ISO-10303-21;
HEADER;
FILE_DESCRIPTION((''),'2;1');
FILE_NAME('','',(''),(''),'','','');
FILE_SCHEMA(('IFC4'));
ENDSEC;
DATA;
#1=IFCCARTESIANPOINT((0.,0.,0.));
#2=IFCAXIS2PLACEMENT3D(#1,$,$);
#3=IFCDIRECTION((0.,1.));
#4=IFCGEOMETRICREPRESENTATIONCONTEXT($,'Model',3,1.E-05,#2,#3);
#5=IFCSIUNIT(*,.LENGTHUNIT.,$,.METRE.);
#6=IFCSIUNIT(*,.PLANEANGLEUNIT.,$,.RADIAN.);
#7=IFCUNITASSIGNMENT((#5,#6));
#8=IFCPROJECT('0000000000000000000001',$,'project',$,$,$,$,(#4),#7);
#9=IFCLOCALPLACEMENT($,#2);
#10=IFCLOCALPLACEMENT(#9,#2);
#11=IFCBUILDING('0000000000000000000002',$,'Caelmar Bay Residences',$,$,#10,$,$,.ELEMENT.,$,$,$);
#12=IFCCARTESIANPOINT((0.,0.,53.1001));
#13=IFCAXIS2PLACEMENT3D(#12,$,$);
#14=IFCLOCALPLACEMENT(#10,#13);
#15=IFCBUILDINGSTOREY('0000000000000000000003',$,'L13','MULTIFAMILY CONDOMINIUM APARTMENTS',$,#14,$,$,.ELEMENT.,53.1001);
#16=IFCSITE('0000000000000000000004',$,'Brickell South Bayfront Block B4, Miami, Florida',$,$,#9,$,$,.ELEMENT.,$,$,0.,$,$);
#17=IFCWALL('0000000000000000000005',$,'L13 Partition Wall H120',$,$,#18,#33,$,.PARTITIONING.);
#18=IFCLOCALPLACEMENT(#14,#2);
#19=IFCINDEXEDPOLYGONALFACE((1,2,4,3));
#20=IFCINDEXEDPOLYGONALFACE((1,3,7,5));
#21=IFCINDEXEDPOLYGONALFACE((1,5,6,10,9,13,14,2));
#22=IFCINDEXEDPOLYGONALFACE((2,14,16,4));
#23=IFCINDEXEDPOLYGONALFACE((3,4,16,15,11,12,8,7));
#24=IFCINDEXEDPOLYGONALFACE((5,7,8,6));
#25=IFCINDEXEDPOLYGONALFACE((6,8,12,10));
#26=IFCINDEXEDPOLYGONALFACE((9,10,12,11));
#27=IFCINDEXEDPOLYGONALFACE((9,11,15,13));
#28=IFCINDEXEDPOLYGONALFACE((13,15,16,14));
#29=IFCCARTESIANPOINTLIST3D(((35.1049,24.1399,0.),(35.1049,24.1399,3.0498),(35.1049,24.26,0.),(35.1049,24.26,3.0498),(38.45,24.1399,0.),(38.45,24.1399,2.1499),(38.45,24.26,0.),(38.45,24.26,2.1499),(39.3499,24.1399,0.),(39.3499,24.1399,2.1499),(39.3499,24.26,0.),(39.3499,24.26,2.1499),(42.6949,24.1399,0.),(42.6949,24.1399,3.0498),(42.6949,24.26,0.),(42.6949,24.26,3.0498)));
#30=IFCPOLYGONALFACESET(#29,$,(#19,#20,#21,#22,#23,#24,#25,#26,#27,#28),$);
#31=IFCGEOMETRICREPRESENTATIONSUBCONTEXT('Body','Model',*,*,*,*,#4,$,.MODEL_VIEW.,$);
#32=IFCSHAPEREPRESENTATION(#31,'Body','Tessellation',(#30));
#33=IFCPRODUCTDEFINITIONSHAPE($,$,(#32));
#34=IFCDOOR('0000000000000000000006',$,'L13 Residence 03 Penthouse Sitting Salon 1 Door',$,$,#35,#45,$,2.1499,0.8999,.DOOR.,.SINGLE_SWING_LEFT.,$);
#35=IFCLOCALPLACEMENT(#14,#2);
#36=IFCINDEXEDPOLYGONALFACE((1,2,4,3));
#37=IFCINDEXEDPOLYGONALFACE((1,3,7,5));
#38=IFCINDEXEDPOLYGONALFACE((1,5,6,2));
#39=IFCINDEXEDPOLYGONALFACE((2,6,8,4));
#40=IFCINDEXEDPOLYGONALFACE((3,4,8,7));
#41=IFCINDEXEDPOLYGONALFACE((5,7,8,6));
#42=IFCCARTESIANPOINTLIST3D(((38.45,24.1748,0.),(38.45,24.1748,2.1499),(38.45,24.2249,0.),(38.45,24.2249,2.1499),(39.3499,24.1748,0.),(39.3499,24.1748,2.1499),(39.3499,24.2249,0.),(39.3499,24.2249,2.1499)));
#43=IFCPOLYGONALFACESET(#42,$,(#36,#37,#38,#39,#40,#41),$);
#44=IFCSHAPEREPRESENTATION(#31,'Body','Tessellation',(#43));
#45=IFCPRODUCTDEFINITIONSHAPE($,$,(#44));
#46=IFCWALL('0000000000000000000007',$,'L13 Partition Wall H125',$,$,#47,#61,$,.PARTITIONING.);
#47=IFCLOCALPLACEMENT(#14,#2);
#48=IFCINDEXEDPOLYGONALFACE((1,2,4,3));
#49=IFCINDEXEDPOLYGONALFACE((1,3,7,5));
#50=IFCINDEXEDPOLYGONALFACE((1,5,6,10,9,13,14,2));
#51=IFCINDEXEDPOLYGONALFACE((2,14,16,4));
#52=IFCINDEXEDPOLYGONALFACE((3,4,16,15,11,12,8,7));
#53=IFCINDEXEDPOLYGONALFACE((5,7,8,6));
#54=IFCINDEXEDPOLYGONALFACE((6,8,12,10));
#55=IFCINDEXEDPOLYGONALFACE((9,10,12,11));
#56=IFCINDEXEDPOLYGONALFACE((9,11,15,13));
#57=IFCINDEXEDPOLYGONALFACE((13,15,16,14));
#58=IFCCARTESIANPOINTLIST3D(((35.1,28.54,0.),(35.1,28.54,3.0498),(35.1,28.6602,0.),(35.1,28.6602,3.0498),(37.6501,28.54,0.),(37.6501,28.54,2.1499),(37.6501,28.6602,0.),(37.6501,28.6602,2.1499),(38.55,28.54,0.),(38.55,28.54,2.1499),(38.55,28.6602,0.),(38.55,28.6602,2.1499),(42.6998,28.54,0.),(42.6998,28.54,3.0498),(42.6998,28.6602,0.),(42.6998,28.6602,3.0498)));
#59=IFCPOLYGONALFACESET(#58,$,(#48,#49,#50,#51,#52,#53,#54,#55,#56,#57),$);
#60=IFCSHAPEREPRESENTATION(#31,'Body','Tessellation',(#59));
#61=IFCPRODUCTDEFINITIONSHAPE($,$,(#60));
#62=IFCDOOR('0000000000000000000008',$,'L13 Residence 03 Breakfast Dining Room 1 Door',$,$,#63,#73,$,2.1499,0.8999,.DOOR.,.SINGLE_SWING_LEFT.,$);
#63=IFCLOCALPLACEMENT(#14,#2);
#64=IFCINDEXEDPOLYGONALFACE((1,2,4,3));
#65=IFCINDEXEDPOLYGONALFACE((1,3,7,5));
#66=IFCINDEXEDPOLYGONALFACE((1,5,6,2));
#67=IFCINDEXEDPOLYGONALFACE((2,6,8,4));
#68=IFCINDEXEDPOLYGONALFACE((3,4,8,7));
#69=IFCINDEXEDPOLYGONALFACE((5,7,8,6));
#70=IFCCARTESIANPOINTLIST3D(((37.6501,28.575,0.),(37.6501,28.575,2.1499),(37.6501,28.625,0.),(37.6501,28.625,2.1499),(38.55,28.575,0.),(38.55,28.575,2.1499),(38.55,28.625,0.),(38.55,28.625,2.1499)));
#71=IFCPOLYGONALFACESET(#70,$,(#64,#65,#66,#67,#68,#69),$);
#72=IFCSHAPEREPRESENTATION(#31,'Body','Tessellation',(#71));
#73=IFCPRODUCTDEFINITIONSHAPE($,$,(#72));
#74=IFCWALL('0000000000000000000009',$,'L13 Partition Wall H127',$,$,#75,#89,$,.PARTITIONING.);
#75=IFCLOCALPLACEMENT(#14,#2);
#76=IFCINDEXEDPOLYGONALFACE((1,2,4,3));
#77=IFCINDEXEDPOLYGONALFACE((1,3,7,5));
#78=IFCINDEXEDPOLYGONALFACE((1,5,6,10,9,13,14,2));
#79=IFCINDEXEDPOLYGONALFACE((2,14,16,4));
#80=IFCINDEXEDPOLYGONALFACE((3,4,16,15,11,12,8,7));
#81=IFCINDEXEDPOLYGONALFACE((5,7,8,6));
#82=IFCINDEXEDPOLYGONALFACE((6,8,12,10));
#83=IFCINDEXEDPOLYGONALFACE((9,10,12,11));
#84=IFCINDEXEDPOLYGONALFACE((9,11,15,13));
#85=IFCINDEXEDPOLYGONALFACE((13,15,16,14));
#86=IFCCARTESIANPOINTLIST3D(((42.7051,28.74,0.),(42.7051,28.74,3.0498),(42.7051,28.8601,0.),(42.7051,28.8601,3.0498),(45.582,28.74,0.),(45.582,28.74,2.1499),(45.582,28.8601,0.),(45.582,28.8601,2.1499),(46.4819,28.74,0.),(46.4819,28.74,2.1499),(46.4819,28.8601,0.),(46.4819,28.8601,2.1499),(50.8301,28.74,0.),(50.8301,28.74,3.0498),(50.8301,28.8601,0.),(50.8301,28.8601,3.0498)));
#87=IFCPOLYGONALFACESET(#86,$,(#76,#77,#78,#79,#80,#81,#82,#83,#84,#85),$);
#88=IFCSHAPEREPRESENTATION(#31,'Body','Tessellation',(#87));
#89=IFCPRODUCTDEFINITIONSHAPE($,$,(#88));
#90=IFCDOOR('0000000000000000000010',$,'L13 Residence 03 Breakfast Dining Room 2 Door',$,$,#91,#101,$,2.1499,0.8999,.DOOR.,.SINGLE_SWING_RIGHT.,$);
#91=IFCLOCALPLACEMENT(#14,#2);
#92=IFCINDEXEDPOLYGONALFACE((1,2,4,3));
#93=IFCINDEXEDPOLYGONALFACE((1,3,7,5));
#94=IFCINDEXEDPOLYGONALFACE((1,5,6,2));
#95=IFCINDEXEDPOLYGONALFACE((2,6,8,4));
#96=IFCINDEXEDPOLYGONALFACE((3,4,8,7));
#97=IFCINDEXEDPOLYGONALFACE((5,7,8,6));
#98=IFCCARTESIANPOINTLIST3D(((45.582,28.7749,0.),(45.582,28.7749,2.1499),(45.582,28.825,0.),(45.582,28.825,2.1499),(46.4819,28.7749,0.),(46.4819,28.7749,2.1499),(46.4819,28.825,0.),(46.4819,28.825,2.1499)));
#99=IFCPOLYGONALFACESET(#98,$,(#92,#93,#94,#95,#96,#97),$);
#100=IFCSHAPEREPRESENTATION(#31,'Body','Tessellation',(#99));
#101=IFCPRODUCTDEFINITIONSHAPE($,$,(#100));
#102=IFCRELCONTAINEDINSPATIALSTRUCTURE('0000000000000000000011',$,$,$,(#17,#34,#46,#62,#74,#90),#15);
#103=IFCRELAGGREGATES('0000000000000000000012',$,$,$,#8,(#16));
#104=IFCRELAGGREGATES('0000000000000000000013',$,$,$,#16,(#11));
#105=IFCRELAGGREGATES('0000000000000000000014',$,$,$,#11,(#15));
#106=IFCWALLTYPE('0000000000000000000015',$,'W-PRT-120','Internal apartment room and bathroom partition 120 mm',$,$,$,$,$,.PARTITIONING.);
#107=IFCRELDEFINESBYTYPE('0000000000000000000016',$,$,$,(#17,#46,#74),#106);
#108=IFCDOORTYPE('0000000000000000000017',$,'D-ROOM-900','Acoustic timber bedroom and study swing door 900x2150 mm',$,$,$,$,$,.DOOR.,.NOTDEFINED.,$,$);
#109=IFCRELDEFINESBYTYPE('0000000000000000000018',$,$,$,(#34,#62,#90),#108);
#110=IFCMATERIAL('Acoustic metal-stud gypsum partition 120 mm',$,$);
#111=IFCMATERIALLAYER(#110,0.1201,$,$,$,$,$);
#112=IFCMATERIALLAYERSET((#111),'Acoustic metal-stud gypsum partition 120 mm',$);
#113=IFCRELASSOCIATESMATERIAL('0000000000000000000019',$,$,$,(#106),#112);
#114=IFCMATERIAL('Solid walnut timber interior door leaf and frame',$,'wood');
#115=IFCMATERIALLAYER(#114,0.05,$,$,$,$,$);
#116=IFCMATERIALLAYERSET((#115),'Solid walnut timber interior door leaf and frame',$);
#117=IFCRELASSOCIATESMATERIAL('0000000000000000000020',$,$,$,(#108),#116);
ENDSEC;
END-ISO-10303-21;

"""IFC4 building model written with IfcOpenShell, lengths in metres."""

from ifc_helpers import new_model, si_unit, direction, frame, frame_2d, origin, place, context, subcontext, project, spatial, rectangle, extrude, material, layer, layer_set, type_object, element, fill, save


model = new_model("IFC4")

# Units and contexts
model_context = context("Model", 3, precision=1e-05, world=origin(), true_north=direction((0.0, 1.0)))
body_context = subcontext(model_context, "Body", "Model", "MODEL_VIEW")
ifc_project = project(units=[si_unit("LENGTHUNIT", "METRE"), si_unit("PLANEANGLEUNIT", "RADIAN")], contexts=[model_context])

# Site, building, storey
site_placement = place(None, origin())
site = spatial("IfcSite", under=ifc_project, at=site_placement, Name="Brickell South Bayfront Block B4, Miami, Florida", CompositionType="ELEMENT", RefElevation=0.0)
building_placement = place(site_placement, origin())
building = spatial("IfcBuilding", under=site, at=building_placement, Name="Caelmar Bay Residences", CompositionType="ELEMENT")
storey_placement = place(building_placement, frame((0.0, 0.0, 53.1001)))
storey = spatial("IfcBuildingStorey", under=building, at=storey_placement, Name="L13", Description="MULTIFAMILY CONDOMINIUM APARTMENTS", CompositionType="ELEMENT", Elevation=53.1001)

# Shared definitions
ifc_material_1 = material(Name="Acoustic metal-stud gypsum partition 120 mm")
ifc_layer_1 = layer(ifc_material_1, 0.1201)
ifc_layer_set_1 = layer_set([ifc_layer_1], Name="Acoustic metal-stud gypsum partition 120 mm")
wall_type = type_object("IfcWallType", Name="W-PRT-120", Description="Internal apartment room and bathroom partition 120 mm", PredefinedType="PARTITIONING", material=ifc_layer_set_1)

# Shared definitions
ifc_material_2 = material(Name="Solid walnut timber interior door leaf and frame", Category="wood")
ifc_layer_2 = layer(ifc_material_2, 0.05)
ifc_layer_set_2 = layer_set([ifc_layer_2], Name="Solid walnut timber interior door leaf and frame")
door_type = type_object("IfcDoorType", Name="D-ROOM-900", Description="Acoustic timber bedroom and study swing door 900x2150 mm", OperationType="NOTDEFINED", PredefinedType="DOOR", material=ifc_layer_set_2)

# Walls, openings, doors
wall_1_placement = place(storey_placement, frame((35.105, 24.2, 0.0), z_axis=(0.0, 0.0, 1.0), x_axis=(1.0, 0.0, 0.0)))
wall_1 = element("IfcWall", 1, at=wall_1_placement, inside=storey, type_object=wall_type, Name="L13 Partition Wall H120", PredefinedType="PARTITIONING", context=body_context, shape_type="SweptSolid", body=[
    extrude(rectangle(XDim=7.5901, YDim=0.1201, at=frame_2d((3.7949, 0.0))), origin(), (0.0, 0.0, 1.0), 3.0498),
])
opening_1_placement = place(wall_1_placement, frame((3.345, 0.0, 0.0)))
opening_1 = element("IfcOpeningElement", 2, at=opening_1_placement, cuts=wall_1, PredefinedType="OPENING", context=body_context, shape_type="SweptSolid", body=[
    extrude(rectangle(XDim=0.8999, YDim=2.1499, at=frame_2d((0.45, 1.075))), frame((0.0, 0.0701, 0.0), z_axis=(0.0, -1.0, 0.0), x_axis=(1.0, 0.0, 0.0)), (0.0, 0.0, 1.0), 0.1401),
])
door_1_placement = place(opening_1_placement, origin())
door_1 = element("IfcDoor", 3, at=door_1_placement, inside=storey, type_object=door_type, Name="L13 Residence 03 Penthouse Sitting Salon 1 Door", OperationType="SINGLE_SWING_LEFT", OverallHeight=2.1499, OverallWidth=0.8999, PredefinedType="DOOR", context=body_context, shape_type="SweptSolid", body=[
    extrude(rectangle(XDim=0.8999, YDim=2.1499, at=frame_2d((0.45, 1.075))), frame((0.0, 0.0249, 0.0), z_axis=(0.0, -1.0, 0.0), x_axis=(1.0, 0.0, 0.0)), (0.0, 0.0, 1.0), 0.05),
])
fill(opening_1, door_1)
wall_2_placement = place(storey_placement, frame((35.1001, 28.6001, 0.0), z_axis=(0.0, 0.0, 1.0), x_axis=(1.0, 0.0, 0.0)))
wall_2 = element("IfcWall", 4, at=wall_2_placement, inside=storey, type_object=wall_type, Name="L13 Partition Wall H125", PredefinedType="PARTITIONING", context=body_context, shape_type="SweptSolid", body=[
    extrude(rectangle(XDim=7.5999, YDim=0.1201, at=frame_2d((3.7998, 0.0))), origin(), (0.0, 0.0, 1.0), 3.0498),
])
opening_2_placement = place(wall_2_placement, frame((2.55, 0.0, 0.0)))
opening_2 = element("IfcOpeningElement", 5, at=opening_2_placement, cuts=wall_2, PredefinedType="OPENING", context=body_context, shape_type="SweptSolid", body=[
    extrude(rectangle(XDim=0.8999, YDim=2.1499, at=frame_2d((0.45, 1.075))), frame((0.0, 0.0701, 0.0), z_axis=(0.0, -1.0, 0.0), x_axis=(1.0, 0.0, 0.0)), (0.0, 0.0, 1.0), 0.1401),
])
door_2_placement = place(opening_2_placement, origin())
door_2 = element("IfcDoor", 6, at=door_2_placement, inside=storey, type_object=door_type, Name="L13 Residence 03 Breakfast Dining Room 1 Door", OperationType="SINGLE_SWING_LEFT", OverallHeight=2.1499, OverallWidth=0.8999, PredefinedType="DOOR", context=body_context, shape_type="SweptSolid", body=[
    extrude(rectangle(XDim=0.8999, YDim=2.1499, at=frame_2d((0.45, 1.075))), frame((0.0, 0.0249, 0.0), z_axis=(0.0, -1.0, 0.0), x_axis=(1.0, 0.0, 0.0)), (0.0, 0.0, 1.0), 0.05),
])
fill(opening_2, door_2)
wall_3_placement = place(storey_placement, frame((42.7051, 28.8, 0.0), z_axis=(0.0, 0.0, 1.0), x_axis=(1.0, 0.0, 0.0)))
wall_3 = element("IfcWall", 7, at=wall_3_placement, inside=storey, type_object=wall_type, Name="L13 Partition Wall H127", PredefinedType="PARTITIONING", context=body_context, shape_type="SweptSolid", body=[
    extrude(rectangle(XDim=8.125, YDim=0.1201, at=frame_2d((4.0625, 0.0))), origin(), (0.0, 0.0, 1.0), 3.0498),
])
opening_3_placement = place(wall_3_placement, frame((2.877, 0.0, 0.0)))
opening_3 = element("IfcOpeningElement", 8, at=opening_3_placement, cuts=wall_3, PredefinedType="OPENING", context=body_context, shape_type="SweptSolid", body=[
    extrude(rectangle(XDim=0.8999, YDim=2.1499, at=frame_2d((0.45, 1.075))), frame((0.0, 0.0701, 0.0), z_axis=(0.0, -1.0, 0.0), x_axis=(1.0, 0.0, 0.0)), (0.0, 0.0, 1.0), 0.1401),
])
door_3_placement = place(opening_3_placement, origin())
door_3 = element("IfcDoor", 9, at=door_3_placement, inside=storey, type_object=door_type, Name="L13 Residence 03 Breakfast Dining Room 2 Door", OperationType="SINGLE_SWING_RIGHT", OverallHeight=2.1499, OverallWidth=0.8999, PredefinedType="DOOR", context=body_context, shape_type="SweptSolid", body=[
    extrude(rectangle(XDim=0.8999, YDim=2.1499, at=frame_2d((0.45, 1.075))), frame((0.0, 0.0249, 0.0), z_axis=(0.0, -1.0, 0.0), x_axis=(1.0, 0.0, 0.0)), (0.0, 0.0, 1.0), 0.05),
])
fill(opening_3, door_3)

save(model, "model.ifc")
